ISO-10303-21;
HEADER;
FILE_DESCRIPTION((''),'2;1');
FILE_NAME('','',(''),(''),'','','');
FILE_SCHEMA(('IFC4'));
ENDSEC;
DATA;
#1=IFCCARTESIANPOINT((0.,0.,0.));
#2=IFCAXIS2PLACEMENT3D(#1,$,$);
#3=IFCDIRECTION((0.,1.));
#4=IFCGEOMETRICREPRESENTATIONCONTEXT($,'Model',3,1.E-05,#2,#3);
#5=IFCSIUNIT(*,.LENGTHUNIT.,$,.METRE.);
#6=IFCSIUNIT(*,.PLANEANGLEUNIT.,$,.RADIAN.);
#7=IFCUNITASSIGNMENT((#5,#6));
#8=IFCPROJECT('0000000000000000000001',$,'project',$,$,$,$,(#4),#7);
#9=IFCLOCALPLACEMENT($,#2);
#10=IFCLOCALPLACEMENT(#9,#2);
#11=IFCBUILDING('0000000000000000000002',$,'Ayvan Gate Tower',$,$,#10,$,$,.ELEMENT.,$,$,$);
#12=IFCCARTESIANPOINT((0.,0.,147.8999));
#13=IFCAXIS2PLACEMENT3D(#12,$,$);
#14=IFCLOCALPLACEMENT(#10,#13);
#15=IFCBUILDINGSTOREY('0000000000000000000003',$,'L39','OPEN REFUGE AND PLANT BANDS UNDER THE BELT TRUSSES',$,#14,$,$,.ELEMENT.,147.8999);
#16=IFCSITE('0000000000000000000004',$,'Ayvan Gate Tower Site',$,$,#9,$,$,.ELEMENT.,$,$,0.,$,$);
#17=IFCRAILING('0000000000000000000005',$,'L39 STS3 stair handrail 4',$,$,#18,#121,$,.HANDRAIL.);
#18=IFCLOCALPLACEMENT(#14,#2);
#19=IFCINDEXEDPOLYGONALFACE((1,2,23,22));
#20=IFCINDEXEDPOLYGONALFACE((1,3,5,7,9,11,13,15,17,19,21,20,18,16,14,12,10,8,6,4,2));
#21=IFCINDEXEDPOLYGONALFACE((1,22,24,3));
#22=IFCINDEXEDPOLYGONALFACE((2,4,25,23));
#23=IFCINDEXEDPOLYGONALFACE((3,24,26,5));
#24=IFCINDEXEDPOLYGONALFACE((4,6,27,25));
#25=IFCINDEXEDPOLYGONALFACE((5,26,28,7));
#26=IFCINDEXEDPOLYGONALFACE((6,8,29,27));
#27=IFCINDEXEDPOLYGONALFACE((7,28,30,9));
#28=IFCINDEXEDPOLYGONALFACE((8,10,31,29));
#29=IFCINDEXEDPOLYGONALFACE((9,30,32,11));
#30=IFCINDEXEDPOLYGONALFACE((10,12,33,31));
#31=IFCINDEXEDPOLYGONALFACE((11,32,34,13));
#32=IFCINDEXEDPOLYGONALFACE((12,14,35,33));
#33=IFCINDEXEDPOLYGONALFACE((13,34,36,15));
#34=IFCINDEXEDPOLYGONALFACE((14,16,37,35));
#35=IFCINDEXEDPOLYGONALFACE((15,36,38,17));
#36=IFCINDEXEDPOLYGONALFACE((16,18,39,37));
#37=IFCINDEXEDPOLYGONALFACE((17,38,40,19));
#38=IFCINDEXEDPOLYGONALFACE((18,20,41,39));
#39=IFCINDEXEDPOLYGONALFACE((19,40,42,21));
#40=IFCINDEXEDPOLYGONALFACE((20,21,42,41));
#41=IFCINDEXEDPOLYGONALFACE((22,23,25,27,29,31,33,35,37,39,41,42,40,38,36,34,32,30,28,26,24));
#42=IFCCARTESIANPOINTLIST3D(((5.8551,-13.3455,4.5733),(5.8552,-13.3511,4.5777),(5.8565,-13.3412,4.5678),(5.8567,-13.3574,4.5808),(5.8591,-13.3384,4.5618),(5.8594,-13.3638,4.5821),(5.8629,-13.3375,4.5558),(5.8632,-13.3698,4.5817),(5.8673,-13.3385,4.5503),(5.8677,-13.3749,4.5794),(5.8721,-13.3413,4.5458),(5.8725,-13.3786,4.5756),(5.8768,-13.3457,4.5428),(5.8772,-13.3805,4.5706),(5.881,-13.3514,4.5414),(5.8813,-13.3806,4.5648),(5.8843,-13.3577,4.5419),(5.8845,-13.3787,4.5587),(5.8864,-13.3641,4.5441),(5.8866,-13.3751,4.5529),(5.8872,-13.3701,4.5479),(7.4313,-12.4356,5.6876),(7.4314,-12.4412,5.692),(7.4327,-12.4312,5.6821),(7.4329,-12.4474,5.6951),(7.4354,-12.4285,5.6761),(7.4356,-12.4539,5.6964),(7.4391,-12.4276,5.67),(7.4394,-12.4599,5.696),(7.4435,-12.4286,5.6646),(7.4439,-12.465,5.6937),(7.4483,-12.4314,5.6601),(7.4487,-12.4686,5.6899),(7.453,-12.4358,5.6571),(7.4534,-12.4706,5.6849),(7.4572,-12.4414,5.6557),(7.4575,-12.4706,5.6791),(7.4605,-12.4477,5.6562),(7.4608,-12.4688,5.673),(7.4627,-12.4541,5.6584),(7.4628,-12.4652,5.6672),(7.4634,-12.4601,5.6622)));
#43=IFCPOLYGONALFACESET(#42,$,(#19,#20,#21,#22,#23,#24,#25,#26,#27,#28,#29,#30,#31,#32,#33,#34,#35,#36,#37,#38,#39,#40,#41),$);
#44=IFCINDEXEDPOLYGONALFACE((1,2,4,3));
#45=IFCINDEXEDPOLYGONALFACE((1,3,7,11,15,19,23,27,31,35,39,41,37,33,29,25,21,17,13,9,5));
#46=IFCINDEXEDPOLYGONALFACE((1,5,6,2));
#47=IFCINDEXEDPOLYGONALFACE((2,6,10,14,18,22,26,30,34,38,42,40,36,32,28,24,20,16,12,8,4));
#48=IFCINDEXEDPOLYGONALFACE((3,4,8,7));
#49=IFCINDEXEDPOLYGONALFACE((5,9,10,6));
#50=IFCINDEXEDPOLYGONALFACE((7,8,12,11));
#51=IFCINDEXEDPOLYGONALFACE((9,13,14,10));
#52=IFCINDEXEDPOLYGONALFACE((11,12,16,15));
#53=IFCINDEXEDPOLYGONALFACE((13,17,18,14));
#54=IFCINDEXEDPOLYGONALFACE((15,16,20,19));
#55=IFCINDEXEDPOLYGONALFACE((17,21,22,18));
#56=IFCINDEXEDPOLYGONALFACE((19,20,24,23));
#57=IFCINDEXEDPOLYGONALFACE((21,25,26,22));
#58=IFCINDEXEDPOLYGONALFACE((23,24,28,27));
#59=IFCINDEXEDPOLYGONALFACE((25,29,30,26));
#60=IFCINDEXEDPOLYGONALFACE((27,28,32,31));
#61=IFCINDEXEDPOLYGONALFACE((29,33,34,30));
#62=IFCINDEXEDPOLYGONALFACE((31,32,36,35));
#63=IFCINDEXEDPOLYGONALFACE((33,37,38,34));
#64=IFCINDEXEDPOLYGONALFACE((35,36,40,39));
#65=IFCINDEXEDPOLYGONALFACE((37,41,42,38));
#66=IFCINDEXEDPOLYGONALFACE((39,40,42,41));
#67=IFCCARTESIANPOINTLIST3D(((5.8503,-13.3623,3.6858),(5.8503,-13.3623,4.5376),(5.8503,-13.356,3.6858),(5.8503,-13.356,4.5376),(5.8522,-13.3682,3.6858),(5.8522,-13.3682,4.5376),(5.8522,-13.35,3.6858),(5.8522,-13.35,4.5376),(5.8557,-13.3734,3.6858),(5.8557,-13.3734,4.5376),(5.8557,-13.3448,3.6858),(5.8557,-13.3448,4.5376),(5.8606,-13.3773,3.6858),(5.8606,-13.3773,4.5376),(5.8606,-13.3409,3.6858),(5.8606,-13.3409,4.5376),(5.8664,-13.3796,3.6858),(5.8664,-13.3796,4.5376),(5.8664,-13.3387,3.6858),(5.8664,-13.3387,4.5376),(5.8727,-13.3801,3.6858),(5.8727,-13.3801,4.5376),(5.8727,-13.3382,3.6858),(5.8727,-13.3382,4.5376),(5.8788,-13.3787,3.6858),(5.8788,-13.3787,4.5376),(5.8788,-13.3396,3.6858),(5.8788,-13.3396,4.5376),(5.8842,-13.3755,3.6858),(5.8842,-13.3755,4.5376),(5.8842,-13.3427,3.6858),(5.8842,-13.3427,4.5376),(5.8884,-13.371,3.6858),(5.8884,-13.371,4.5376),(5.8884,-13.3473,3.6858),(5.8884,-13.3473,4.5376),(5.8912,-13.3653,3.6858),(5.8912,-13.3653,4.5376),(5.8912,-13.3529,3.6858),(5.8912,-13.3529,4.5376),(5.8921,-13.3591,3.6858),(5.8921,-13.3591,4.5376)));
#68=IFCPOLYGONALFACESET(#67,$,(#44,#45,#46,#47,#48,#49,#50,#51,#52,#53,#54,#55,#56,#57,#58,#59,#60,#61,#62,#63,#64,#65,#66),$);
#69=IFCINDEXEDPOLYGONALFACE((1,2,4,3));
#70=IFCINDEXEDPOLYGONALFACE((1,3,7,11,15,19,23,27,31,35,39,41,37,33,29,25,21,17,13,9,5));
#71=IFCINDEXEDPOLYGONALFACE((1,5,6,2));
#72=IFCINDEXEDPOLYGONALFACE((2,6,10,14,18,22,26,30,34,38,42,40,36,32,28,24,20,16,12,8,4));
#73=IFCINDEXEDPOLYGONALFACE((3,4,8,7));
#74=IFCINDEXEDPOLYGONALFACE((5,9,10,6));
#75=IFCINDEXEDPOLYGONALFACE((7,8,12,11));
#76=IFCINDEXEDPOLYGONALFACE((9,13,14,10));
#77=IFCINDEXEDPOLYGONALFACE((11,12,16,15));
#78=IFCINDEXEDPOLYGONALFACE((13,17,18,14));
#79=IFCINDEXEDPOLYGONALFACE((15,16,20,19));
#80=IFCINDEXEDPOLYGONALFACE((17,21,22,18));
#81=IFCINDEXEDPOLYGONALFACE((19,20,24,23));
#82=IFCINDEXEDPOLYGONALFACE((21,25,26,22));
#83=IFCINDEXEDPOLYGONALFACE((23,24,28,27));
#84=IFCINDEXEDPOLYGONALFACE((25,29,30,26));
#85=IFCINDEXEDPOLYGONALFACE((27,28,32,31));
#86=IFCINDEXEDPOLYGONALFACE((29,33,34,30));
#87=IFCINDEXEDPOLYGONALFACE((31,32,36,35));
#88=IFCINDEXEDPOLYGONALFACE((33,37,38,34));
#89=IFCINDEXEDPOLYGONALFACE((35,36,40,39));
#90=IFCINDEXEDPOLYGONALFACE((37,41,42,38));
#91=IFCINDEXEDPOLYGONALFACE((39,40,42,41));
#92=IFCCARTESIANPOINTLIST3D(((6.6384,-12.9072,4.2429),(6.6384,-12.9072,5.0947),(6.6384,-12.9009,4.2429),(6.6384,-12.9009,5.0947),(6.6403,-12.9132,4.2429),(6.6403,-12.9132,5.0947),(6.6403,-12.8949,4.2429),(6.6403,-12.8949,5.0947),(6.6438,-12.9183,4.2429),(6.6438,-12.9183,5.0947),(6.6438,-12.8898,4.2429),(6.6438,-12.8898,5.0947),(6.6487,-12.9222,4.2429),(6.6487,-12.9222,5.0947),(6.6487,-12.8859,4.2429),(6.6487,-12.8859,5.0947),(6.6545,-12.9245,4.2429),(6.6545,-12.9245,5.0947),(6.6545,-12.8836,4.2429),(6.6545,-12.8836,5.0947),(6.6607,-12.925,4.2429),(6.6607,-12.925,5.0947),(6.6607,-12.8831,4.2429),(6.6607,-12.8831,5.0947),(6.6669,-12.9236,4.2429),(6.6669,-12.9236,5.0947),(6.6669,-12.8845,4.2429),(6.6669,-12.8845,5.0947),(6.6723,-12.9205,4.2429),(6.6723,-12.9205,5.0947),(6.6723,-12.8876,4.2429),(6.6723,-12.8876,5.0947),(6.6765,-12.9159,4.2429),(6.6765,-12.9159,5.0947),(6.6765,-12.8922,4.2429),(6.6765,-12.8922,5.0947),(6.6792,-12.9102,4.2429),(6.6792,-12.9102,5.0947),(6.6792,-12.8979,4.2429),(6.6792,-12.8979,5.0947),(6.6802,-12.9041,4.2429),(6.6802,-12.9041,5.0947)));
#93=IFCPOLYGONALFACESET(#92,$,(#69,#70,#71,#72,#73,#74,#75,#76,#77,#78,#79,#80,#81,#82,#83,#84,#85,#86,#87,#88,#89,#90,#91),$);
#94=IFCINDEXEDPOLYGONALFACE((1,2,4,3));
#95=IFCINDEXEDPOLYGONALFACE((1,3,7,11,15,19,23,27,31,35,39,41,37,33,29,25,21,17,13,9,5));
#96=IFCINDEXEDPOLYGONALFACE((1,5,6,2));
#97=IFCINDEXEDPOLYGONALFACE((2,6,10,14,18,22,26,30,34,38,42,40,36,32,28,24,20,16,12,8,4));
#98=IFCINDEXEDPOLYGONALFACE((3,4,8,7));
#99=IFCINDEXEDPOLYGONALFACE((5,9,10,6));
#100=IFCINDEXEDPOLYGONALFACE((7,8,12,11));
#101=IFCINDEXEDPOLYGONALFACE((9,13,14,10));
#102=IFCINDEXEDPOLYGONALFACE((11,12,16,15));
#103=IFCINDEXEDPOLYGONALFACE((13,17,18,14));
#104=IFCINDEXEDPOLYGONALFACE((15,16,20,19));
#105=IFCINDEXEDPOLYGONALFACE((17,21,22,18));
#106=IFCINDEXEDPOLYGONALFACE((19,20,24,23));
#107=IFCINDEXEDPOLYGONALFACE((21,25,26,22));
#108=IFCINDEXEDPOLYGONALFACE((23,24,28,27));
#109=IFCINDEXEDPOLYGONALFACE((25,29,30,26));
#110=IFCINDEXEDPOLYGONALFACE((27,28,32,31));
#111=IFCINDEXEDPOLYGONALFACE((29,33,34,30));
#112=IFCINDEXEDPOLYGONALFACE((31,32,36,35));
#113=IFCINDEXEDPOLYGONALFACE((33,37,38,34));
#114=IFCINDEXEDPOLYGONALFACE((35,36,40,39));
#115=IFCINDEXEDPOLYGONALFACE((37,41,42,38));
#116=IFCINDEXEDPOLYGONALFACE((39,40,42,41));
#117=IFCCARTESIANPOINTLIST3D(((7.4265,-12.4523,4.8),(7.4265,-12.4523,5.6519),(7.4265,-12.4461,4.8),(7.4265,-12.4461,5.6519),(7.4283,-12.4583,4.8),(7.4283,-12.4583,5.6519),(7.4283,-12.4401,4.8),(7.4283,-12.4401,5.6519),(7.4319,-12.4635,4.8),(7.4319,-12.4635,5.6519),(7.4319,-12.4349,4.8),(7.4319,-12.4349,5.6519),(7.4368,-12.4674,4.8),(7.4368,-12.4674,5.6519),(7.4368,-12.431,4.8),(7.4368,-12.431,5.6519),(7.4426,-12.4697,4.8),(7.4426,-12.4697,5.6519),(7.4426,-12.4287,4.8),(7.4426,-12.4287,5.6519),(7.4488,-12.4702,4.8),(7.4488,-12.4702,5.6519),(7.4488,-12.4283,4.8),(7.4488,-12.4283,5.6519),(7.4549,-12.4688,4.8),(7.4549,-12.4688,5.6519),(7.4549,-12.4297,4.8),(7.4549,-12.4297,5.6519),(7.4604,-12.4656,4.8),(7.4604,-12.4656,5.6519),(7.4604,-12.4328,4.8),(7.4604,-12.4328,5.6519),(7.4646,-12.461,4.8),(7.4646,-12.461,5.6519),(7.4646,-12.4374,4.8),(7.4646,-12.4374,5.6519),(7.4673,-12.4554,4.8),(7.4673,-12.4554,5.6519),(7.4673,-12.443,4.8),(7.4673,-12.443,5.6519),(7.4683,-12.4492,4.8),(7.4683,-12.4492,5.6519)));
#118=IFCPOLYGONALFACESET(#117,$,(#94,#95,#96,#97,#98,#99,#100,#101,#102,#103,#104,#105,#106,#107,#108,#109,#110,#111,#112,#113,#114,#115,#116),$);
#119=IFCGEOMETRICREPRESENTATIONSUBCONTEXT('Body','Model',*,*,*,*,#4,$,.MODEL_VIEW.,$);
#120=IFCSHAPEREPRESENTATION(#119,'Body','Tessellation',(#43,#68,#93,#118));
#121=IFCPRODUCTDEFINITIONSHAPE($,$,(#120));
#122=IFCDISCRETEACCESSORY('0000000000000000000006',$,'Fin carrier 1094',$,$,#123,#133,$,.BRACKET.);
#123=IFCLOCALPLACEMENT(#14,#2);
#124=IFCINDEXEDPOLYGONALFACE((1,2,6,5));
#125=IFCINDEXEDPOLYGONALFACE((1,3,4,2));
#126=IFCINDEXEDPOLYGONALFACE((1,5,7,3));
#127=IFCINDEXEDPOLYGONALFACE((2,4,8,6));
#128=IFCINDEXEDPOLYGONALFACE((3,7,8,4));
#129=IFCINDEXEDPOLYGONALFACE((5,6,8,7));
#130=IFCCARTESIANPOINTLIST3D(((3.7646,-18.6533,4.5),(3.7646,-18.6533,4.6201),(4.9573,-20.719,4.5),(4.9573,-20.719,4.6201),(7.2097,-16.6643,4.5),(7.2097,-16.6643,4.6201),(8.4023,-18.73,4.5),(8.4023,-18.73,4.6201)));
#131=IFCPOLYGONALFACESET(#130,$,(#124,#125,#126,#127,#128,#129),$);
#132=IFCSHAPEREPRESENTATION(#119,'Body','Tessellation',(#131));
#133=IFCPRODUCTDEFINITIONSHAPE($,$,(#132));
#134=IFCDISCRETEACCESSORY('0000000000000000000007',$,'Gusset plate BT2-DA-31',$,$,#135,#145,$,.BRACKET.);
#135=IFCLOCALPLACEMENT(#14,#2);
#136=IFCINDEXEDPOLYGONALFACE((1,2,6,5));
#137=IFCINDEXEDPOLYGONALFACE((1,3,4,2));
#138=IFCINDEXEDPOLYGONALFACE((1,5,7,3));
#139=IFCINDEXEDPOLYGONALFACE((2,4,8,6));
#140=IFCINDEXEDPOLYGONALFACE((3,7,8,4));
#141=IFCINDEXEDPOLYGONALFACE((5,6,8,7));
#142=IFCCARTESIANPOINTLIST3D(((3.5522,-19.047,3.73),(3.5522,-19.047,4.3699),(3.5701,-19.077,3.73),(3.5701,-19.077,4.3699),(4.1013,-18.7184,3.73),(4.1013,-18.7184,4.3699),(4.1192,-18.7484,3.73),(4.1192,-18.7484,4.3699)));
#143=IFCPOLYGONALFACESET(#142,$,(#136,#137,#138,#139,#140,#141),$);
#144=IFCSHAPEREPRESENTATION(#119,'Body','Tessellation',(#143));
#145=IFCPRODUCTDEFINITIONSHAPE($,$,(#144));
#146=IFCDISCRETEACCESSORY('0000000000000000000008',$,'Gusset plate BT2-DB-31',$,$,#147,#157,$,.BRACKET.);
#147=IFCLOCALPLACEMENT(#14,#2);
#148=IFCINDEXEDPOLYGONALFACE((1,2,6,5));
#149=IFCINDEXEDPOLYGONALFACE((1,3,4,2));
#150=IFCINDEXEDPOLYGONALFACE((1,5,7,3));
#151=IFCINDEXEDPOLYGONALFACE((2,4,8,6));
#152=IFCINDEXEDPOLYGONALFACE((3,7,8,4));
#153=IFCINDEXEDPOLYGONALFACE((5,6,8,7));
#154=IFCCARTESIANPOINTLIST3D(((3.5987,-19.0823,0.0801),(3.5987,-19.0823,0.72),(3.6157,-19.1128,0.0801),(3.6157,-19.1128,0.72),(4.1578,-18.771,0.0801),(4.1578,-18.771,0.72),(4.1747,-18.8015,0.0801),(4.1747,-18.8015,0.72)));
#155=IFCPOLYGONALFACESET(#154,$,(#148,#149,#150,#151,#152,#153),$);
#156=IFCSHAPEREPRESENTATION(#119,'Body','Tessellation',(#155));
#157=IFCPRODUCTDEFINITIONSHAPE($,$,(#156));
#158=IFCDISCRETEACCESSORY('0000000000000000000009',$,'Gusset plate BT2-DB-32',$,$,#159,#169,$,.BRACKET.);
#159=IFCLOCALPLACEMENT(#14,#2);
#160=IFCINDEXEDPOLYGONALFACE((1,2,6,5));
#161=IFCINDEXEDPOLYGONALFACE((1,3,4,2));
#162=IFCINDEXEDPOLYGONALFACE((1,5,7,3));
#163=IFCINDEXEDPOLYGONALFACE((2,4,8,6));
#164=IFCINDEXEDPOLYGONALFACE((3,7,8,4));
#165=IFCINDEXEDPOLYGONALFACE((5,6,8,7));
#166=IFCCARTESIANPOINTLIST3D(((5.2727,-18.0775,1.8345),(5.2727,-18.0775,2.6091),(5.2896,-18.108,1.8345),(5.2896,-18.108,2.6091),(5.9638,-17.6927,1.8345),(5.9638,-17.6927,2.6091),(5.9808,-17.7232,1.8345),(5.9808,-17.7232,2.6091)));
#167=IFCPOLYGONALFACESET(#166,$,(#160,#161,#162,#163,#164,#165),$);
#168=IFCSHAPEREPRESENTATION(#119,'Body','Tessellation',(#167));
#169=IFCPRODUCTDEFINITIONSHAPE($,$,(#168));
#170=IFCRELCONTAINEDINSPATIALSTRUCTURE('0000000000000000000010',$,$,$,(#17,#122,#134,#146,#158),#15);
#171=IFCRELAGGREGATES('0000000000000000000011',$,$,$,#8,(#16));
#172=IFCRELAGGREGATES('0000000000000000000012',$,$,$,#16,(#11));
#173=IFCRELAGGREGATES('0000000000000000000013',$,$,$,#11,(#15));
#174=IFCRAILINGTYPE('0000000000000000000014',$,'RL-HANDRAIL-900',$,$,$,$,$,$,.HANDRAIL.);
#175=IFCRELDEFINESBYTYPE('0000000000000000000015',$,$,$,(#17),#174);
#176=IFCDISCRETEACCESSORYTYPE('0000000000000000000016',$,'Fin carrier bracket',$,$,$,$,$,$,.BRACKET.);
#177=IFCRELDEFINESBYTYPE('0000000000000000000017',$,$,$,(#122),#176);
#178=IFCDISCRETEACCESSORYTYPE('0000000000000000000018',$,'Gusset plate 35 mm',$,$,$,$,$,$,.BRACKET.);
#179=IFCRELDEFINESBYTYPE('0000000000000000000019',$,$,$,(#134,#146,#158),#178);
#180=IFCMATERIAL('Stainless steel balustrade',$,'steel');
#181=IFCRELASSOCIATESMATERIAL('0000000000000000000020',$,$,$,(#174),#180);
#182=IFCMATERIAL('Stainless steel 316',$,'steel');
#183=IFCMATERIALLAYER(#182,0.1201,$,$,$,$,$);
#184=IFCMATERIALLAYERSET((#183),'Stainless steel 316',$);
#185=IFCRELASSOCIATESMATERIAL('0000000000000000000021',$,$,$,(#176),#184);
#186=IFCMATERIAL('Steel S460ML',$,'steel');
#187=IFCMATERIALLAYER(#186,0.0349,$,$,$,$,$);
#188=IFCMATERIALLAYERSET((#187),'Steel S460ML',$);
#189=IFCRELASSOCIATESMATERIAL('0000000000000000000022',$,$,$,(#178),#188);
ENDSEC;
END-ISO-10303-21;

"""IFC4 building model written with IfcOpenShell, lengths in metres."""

from ifc_helpers import new_model, si_unit, direction, frame, origin, origin_2d, place, context, subcontext, project, spatial, rectangle, circle, extrude, material, layer, layer_set, type_object, element, save


model = new_model("IFC4")

# Units and contexts
model_context = context("Model", 3, precision=1e-05, world=origin(), true_north=direction((0.0, 1.0)))
body_context = subcontext(model_context, "Body", "Model", "MODEL_VIEW")
ifc_project = project(units=[si_unit("LENGTHUNIT", "METRE"), si_unit("PLANEANGLEUNIT", "RADIAN")], contexts=[model_context])

# Site, building, storey
site_placement = place(None, origin())
site = spatial("IfcSite", under=ifc_project, at=site_placement, Name="Ayvan Gate Tower Site", CompositionType="ELEMENT", RefElevation=0.0)
building_placement = place(site_placement, origin())
building = spatial("IfcBuilding", under=site, at=building_placement, Name="Ayvan Gate Tower", CompositionType="ELEMENT")
storey_placement = place(building_placement, frame((0.0, 0.0, 147.8999)))
storey = spatial("IfcBuildingStorey", under=building, at=storey_placement, Name="L39", Description="OPEN REFUGE AND PLANT BANDS UNDER THE BELT TRUSSES", CompositionType="ELEMENT", Elevation=147.8999)

# Shared definitions
ifc_material_1 = material(Name="Steel S460ML", Category="steel")

# Railing
ifc_material_2 = material(Name="Stainless steel balustrade", Category="steel")
railing_type_1 = type_object("IfcRailingType", Name="RL-HANDRAIL-900", PredefinedType="HANDRAIL", material=ifc_material_2)
railing_1_placement = place(storey_placement, frame((5.8711, -13.3591, 3.6858)))
element("IfcRailing", 1, at=railing_1_placement, inside=storey, type_object=railing_type_1, Name="L39 STS3 stair handrail 4", PredefinedType="HANDRAIL", context=body_context, shape_type="SweptSolid", body=[
    extrude(circle(Radius=0.0239, at=origin_2d()), frame((0.0, 0.0, 0.876), z_axis=(0.73861, 0.426394, 0.522153), x_axis=(-0.499962, 0.866047, 0.0)), (0.0, 0.0, 1.0), 2.134),
    extrude(circle(Radius=0.021, at=origin_2d()), origin(), (0.0, 0.0, 1.0), 0.8518),
    extrude(circle(Radius=0.021, at=origin_2d()), frame((0.7881, 0.4551, 0.5571)), (0.0, 0.0, 1.0), 0.8518),
    extrude(circle(Radius=0.021, at=origin_2d()), frame((1.5762, 0.9099, 1.1143)), (0.0, 0.0, 1.0), 0.8518),
])

# Discrete accessories
ifc_material_3 = material(Name="Stainless steel 316", Category="steel")
ifc_layer_1 = layer(ifc_material_3, 0.1201)
ifc_layer_set_1 = layer_set([ifc_layer_1], Name="Stainless steel 316")
discrete_accessory_type_1 = type_object("IfcDiscreteAccessoryType", Name="Fin carrier bracket", PredefinedType="BRACKET", material=ifc_layer_set_1)
discrete_accessory_1_placement = place(storey_placement, frame((6.0835, -18.6917, 4.5), z_axis=(0.0, 0.0, 1.0), x_axis=(0.866025, 0.5, 0.0)))
element("IfcDiscreteAccessory", 2, at=discrete_accessory_1_placement, inside=storey, type_object=discrete_accessory_type_1, Name="Fin carrier 1094", PredefinedType="BRACKET", context=body_context, shape_type="SweptSolid", body=[
    extrude(rectangle(XDim=3.978, YDim=2.3853, at=origin_2d()), origin(), (0.0, 0.0, 1.0), 0.1201),
])
ifc_layer_2 = layer(ifc_material_1, 0.0349)
ifc_layer_set_2 = layer_set([ifc_layer_2], Name="Steel S460ML")
discrete_accessory_type_2 = type_object("IfcDiscreteAccessoryType", Name="Gusset plate 35 mm", PredefinedType="BRACKET", material=ifc_layer_set_2)
for number, where, z_axis, x_axis, name in (
    (3, (3.8357, -18.8977, 3.73), (0.0, 0.0, 1.0), (0.85805, 0.513567, 0.0), "Gusset plate BT2-DA-31"),
    (4, (3.8867, -18.9419, 0.0801), (0.0, 0.0, 1.0), (0.873677, 0.486506, 0.0), "Gusset plate BT2-DB-31"),
):
    element("IfcDiscreteAccessory", number, at=place(storey_placement, frame(where, z_axis=z_axis, x_axis=x_axis)), inside=storey, type_object=discrete_accessory_type_2, Name=name, PredefinedType="BRACKET", context=body_context, shape_type="SweptSolid", body=[
        extrude(rectangle(XDim=0.6399, YDim=0.0349, at=origin_2d()), origin(), (0.0, 0.0, 1.0), 0.6399),
    ])
discrete_accessory_2_placement = place(storey_placement, frame((5.6267, -17.9004, 1.8345), z_axis=(0.0, 0.0, 1.0), x_axis=(0.873704, 0.486457, 0.0)))
element("IfcDiscreteAccessory", 5, at=discrete_accessory_2_placement, inside=storey, type_object=discrete_accessory_type_2, Name="Gusset plate BT2-DB-32", PredefinedType="BRACKET", context=body_context, shape_type="SweptSolid", body=[
    extrude(rectangle(XDim=0.791, YDim=0.0349, at=origin_2d()), origin(), (0.0, 0.0, 1.0), 0.7747),
])

save(model, "model.ifc")
